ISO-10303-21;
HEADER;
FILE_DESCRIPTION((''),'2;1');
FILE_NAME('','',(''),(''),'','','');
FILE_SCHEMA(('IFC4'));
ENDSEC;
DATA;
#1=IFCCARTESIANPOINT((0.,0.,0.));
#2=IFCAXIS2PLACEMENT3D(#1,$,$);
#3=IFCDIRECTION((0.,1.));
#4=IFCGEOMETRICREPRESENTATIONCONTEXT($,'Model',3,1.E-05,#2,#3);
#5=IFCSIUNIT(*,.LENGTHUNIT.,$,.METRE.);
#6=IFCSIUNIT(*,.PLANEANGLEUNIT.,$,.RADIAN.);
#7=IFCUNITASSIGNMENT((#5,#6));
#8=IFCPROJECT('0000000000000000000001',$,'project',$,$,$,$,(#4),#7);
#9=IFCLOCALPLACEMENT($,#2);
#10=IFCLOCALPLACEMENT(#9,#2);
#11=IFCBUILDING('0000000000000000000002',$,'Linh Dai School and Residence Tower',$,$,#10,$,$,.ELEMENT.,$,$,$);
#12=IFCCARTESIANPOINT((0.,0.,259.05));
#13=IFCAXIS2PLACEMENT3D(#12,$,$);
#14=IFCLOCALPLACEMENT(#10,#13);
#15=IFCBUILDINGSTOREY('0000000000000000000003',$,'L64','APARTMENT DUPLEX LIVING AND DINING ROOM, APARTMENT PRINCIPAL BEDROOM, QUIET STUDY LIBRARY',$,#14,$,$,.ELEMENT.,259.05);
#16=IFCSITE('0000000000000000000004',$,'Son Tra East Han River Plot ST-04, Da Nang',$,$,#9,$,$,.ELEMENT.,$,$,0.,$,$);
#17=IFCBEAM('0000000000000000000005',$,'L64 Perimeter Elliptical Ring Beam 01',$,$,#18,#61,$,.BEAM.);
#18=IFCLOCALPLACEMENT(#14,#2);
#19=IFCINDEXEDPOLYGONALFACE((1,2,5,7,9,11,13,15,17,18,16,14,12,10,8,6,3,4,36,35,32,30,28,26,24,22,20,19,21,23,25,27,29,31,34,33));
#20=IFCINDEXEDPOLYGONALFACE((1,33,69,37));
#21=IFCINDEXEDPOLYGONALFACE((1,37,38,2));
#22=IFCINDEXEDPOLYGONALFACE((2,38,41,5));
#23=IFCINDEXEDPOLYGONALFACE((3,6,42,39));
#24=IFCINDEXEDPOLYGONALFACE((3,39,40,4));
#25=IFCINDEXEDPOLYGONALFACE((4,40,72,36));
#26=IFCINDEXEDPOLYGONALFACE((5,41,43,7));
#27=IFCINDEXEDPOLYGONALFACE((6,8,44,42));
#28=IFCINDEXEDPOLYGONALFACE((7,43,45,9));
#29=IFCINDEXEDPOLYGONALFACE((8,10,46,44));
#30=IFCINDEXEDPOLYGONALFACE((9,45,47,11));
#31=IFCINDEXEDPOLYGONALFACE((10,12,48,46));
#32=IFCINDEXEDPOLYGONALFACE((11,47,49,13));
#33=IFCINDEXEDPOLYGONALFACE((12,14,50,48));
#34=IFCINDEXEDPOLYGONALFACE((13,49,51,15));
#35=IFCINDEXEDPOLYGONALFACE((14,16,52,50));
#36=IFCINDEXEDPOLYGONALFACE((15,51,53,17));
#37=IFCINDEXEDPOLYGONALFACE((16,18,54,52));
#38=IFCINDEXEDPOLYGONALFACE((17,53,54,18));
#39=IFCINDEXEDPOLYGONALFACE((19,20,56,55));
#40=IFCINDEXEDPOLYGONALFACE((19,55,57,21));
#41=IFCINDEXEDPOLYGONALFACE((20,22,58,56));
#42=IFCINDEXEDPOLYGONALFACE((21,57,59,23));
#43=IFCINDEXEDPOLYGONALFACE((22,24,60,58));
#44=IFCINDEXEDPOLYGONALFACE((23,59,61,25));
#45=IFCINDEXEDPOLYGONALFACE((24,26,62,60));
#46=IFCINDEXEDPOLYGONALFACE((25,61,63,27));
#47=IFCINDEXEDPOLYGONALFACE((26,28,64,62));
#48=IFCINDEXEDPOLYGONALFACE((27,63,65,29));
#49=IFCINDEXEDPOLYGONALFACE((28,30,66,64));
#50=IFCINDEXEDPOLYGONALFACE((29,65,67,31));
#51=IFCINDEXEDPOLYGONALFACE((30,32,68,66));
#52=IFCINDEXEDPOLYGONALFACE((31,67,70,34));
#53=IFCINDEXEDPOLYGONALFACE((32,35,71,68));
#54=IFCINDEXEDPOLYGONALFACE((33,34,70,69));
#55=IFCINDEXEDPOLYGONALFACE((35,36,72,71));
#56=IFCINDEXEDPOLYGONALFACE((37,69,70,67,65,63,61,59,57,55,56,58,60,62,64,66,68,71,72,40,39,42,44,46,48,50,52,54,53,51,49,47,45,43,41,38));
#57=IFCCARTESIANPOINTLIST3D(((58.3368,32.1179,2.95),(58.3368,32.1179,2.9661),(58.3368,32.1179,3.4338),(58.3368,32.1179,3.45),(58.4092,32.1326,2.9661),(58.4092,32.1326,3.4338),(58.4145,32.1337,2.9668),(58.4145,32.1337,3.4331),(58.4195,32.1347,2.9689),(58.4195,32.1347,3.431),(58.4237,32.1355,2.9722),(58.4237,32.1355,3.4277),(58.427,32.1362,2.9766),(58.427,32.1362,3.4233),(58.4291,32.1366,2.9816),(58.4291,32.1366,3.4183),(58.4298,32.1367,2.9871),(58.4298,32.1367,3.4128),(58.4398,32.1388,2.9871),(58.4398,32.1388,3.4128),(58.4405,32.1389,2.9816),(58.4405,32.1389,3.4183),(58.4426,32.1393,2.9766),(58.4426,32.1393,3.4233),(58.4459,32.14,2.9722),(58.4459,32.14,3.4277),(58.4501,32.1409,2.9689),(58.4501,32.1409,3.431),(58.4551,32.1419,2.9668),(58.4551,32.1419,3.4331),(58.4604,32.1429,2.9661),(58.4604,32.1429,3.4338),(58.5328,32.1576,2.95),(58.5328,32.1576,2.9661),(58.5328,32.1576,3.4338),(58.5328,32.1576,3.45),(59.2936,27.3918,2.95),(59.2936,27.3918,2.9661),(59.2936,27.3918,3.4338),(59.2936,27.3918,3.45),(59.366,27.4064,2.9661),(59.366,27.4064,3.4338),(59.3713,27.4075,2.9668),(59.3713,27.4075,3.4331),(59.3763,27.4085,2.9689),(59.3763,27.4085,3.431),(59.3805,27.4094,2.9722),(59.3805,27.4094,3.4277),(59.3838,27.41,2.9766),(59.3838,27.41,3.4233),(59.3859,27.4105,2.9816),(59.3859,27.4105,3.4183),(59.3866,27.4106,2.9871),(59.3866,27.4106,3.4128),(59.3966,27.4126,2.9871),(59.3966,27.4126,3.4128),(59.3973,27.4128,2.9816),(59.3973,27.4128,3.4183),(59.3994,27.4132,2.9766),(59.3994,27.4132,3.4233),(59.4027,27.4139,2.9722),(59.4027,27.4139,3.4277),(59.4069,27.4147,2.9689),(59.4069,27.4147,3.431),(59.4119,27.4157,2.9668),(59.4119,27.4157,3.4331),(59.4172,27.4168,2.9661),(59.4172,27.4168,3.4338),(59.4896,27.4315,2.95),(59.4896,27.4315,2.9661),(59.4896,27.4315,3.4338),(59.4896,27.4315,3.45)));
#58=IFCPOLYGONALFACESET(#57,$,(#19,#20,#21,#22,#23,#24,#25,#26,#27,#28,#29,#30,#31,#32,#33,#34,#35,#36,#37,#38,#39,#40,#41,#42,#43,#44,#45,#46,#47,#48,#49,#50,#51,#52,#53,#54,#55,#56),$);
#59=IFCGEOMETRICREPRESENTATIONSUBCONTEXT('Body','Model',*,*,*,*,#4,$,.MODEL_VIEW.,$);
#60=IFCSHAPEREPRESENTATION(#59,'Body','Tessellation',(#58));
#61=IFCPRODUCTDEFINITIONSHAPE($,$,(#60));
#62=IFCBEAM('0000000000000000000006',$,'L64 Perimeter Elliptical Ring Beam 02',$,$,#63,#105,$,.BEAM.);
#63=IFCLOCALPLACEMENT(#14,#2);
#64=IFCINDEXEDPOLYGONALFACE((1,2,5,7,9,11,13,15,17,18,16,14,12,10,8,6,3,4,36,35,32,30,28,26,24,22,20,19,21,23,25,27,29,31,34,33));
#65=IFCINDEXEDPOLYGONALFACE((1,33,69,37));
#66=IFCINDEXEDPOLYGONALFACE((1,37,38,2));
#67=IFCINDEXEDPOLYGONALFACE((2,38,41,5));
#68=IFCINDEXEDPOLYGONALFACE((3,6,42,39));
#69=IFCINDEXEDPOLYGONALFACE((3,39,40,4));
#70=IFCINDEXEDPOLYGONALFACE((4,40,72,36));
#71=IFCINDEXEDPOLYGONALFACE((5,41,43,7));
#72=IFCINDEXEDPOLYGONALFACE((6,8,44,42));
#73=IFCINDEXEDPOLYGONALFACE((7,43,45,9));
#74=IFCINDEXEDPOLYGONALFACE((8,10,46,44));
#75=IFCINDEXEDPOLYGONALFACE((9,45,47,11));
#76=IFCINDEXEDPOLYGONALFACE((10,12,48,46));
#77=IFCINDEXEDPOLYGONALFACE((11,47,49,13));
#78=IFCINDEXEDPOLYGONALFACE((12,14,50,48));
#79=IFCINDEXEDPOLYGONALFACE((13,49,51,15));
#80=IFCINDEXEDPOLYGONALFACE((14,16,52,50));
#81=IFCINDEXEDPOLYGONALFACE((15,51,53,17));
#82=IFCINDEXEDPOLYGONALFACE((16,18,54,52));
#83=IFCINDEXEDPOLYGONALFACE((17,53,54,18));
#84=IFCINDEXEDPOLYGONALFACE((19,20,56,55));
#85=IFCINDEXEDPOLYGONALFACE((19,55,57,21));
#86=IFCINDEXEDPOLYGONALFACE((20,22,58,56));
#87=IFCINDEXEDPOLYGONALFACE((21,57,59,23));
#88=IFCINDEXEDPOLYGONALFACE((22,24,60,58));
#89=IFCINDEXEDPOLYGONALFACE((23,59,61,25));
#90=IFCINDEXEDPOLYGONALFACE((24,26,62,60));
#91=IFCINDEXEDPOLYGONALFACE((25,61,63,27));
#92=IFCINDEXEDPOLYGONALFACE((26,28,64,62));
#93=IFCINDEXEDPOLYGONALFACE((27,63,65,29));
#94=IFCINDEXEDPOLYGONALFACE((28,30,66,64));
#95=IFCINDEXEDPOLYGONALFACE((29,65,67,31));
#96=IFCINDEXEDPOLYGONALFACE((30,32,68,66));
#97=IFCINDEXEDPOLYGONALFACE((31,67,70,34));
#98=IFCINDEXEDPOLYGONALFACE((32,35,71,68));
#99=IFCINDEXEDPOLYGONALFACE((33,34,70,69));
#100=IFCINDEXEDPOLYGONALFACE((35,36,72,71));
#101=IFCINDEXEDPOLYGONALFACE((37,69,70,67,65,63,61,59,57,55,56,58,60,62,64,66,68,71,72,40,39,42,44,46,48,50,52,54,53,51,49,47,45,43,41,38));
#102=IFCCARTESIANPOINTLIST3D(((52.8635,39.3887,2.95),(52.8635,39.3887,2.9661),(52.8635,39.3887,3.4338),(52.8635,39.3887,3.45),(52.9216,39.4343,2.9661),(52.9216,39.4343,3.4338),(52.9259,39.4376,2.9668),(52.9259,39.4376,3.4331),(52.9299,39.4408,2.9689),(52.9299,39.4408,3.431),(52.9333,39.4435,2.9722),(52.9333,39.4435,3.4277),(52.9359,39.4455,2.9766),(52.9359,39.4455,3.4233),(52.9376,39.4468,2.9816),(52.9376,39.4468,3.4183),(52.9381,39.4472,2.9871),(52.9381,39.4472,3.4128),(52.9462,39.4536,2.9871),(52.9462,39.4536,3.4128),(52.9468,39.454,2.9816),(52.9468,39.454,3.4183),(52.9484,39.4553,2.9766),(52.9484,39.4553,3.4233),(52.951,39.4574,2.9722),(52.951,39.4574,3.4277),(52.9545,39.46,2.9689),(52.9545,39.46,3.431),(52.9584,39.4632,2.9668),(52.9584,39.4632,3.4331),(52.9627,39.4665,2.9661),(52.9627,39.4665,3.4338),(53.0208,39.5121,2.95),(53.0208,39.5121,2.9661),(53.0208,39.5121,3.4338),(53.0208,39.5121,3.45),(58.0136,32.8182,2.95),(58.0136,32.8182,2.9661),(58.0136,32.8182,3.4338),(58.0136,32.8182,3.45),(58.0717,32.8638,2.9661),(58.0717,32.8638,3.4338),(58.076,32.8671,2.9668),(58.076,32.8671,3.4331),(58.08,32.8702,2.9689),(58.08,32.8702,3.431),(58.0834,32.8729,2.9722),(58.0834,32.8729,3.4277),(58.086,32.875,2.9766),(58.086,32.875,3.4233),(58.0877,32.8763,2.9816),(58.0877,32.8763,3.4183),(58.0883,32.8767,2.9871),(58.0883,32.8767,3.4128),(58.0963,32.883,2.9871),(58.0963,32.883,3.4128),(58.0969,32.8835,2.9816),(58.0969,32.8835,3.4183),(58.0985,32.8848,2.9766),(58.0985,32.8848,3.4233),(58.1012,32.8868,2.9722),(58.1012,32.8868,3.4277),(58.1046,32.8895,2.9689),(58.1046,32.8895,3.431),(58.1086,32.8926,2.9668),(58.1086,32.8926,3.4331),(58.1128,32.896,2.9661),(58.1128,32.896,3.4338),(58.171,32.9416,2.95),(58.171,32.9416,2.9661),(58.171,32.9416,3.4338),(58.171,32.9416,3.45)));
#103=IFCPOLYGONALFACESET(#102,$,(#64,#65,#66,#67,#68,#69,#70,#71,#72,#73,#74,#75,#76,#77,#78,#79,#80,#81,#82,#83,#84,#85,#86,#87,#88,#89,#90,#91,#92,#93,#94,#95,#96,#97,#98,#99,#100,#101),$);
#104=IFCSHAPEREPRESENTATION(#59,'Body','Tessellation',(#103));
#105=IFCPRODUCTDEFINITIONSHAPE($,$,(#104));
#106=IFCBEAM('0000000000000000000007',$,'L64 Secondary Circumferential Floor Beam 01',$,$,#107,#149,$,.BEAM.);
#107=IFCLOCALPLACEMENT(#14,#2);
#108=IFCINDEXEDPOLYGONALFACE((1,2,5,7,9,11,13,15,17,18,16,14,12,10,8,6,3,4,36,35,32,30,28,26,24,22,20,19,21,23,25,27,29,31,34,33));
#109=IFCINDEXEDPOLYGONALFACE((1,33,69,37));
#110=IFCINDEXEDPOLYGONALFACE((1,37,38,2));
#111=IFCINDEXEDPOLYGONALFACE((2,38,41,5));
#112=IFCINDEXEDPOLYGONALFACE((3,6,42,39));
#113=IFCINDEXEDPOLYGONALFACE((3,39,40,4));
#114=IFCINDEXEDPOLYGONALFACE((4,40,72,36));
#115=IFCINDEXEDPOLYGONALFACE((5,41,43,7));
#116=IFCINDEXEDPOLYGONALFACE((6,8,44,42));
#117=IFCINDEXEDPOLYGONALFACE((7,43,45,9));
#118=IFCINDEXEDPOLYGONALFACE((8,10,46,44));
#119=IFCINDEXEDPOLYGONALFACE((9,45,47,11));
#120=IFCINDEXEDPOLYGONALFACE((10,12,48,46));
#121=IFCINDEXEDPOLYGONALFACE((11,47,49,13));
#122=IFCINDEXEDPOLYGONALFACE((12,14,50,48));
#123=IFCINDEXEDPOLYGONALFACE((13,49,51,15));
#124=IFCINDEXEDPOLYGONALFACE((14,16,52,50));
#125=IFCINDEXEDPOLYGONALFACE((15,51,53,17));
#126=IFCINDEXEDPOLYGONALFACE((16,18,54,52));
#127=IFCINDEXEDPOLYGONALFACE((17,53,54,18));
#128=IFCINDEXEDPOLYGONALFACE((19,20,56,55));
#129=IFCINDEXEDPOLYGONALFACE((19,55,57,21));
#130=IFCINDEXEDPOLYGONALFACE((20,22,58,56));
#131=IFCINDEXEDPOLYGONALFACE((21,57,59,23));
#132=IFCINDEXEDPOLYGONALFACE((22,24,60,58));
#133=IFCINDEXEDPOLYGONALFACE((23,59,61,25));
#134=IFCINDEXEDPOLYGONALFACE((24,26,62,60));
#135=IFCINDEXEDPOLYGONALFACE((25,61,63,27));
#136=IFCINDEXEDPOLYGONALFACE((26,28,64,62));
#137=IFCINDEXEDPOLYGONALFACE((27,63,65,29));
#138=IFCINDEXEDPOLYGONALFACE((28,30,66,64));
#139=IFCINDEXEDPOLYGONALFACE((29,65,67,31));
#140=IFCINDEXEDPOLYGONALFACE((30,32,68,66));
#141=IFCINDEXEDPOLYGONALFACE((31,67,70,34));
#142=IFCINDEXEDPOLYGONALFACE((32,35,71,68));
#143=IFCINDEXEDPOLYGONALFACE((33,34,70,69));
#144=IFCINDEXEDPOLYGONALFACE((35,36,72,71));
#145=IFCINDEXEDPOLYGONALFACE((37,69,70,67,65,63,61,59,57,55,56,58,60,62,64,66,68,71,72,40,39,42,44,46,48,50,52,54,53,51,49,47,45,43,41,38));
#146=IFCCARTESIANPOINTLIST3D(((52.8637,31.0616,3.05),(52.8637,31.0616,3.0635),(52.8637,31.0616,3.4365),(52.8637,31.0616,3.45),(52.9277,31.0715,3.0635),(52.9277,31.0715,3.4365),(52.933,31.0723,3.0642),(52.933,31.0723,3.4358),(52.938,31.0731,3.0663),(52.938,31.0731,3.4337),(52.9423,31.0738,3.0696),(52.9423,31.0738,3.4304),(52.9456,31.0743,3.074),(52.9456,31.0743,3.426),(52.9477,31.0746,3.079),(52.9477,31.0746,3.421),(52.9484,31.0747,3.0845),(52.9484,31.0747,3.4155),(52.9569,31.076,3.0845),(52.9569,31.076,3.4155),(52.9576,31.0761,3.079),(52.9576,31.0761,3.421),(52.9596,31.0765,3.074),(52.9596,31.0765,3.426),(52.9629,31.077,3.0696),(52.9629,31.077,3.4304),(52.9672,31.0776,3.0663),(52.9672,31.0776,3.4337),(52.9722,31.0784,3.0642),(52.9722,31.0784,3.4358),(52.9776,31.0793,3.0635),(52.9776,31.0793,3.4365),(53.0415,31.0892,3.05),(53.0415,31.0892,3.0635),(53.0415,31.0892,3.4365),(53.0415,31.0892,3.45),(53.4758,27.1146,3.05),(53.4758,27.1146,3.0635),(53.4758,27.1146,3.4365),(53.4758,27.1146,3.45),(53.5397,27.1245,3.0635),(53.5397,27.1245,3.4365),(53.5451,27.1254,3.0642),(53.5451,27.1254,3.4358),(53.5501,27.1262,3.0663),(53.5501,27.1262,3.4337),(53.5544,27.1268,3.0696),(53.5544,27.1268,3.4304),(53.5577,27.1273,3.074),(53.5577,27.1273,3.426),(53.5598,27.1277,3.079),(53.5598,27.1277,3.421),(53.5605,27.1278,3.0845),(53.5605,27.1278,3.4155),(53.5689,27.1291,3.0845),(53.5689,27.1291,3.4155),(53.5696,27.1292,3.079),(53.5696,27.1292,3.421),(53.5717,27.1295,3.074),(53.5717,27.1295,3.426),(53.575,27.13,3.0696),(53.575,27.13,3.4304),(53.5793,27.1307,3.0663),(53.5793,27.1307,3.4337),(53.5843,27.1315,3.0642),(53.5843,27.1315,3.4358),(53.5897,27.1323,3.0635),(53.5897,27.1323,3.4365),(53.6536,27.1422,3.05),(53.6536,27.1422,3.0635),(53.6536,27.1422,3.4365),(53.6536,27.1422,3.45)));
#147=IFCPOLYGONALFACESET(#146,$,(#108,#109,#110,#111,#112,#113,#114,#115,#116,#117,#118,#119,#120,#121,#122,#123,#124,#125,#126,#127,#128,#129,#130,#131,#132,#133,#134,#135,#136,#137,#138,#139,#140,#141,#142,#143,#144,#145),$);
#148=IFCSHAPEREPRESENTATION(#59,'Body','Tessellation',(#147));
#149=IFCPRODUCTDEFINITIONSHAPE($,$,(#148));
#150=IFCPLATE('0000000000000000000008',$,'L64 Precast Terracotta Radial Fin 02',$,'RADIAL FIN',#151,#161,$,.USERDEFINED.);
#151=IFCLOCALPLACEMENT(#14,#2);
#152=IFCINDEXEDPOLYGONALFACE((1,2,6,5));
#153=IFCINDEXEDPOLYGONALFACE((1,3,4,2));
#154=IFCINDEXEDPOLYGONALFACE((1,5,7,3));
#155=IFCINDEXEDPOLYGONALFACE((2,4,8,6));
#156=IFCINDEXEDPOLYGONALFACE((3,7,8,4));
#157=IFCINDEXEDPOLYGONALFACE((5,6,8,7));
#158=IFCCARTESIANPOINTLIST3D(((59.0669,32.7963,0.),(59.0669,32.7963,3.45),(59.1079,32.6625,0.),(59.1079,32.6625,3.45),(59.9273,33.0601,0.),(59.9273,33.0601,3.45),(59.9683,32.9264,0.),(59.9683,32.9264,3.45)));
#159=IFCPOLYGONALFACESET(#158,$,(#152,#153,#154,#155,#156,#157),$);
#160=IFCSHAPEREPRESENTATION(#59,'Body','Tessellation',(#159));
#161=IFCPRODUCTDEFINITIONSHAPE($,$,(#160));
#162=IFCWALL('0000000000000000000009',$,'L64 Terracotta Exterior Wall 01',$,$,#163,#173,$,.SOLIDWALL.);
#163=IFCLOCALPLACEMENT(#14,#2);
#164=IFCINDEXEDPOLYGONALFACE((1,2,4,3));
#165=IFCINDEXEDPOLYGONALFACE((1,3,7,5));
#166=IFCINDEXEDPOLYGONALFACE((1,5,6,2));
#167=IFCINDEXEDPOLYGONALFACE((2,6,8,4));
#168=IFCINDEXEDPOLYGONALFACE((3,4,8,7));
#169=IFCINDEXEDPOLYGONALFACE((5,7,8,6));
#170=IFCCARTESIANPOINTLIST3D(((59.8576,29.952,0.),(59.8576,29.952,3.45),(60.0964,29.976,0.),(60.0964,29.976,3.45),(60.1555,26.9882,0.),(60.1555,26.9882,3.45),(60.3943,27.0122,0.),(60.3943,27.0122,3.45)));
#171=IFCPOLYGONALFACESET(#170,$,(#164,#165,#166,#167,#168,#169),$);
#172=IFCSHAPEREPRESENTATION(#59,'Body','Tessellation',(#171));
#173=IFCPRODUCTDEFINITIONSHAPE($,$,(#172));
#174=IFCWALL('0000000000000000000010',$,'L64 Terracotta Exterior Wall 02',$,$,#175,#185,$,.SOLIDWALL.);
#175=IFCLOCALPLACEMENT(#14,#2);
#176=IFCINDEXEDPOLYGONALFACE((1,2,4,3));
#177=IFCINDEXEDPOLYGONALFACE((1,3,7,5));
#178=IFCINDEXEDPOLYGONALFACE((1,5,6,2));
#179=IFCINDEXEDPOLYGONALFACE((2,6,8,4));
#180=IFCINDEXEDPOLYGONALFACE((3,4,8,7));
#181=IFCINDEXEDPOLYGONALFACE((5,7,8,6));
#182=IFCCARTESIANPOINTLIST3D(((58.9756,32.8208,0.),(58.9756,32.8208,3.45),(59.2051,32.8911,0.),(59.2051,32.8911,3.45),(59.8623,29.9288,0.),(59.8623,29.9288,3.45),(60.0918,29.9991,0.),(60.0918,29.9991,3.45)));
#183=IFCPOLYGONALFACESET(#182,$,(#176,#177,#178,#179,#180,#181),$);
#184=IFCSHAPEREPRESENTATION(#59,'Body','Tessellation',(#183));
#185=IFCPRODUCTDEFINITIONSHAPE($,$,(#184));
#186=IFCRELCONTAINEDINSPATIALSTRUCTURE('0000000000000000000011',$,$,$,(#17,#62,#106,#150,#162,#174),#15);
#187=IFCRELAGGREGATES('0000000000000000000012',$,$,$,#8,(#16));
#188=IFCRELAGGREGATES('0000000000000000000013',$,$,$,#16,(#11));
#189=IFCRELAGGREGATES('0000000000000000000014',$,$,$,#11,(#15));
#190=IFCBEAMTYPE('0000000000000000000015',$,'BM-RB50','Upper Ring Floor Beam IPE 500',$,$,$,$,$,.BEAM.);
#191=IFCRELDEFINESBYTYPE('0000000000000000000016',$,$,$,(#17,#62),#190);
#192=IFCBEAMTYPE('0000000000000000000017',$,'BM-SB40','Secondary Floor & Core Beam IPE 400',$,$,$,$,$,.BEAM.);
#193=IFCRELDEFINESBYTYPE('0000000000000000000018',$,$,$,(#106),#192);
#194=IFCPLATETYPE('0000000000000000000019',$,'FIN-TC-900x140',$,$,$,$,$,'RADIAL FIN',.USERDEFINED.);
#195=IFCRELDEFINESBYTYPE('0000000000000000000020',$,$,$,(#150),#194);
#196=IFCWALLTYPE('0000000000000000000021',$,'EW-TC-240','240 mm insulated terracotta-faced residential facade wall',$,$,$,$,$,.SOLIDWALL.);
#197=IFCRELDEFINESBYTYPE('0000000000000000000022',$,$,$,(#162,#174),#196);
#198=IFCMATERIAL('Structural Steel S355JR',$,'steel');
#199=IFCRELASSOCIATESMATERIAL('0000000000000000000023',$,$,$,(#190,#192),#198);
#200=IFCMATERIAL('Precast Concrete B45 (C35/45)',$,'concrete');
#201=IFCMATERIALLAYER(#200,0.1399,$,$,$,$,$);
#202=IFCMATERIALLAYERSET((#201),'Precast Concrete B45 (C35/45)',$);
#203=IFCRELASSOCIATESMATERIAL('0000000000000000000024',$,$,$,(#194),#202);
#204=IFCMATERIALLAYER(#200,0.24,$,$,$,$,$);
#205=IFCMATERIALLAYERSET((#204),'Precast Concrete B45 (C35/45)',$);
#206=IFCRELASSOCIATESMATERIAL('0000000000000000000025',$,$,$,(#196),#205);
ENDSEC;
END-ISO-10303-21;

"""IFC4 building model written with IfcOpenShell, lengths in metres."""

from ifc_helpers import new_model, si_unit, direction, frame, frame_2d, origin, origin_2d, place, context, subcontext, project, spatial, rectangle, i_section, extrude, source, transform, mapped, material, layer, layer_set, material_profile, profile_set, type_object, element, save


model = new_model("IFC4")

# Units and contexts
model_context = context("Model", 3, precision=1e-05, world=origin(), true_north=direction((0.0, 1.0)))
body_context = subcontext(model_context, "Body", "Model", "MODEL_VIEW")
ifc_project = project(units=[si_unit("LENGTHUNIT", "METRE"), si_unit("PLANEANGLEUNIT", "RADIAN")], contexts=[model_context])

# Site, building, storey
site_placement = place(None, origin())
site = spatial("IfcSite", under=ifc_project, at=site_placement, Name="Son Tra East Han River Plot ST-04, Da Nang", CompositionType="ELEMENT", RefElevation=0.0)
building_placement = place(site_placement, origin())
building = spatial("IfcBuilding", under=site, at=building_placement, Name="Linh Dai School and Residence Tower", CompositionType="ELEMENT")
storey_placement = place(building_placement, frame((0.0, 0.0, 259.05)))
storey = spatial("IfcBuildingStorey", under=building, at=storey_placement, Name="L64", Description="APARTMENT DUPLEX LIVING AND DINING ROOM, APARTMENT PRINCIPAL BEDROOM, QUIET STUDY LIBRARY", CompositionType="ELEMENT", Elevation=259.05)

# Shared definitions
ifc_material_1 = material(Name="Structural Steel S355JR", Category="steel")

# Beams
ifc_material_profile_1 = material_profile(ifc_material_1, i_section(OverallWidth=0.2, OverallDepth=0.5, WebThickness=0.0103, FlangeThickness=0.0161, FilletRadius=0.021, at=origin_2d()), Name="IPE 500")
ifc_profile_set_1 = profile_set([ifc_material_profile_1], Name="Structural Steel S355JR")
beam_type_1 = type_object("IfcBeamType", Name="BM-RB50", Description="Upper Ring Floor Beam IPE 500", PredefinedType="BEAM", material=ifc_profile_set_1)
beam_1_placement = place(storey_placement, frame((59.3916, 27.4116, 3.2), z_axis=(-0.198423, 0.980116, 0.0), x_axis=(-0.980116, -0.198423, 0.0)))
element("IfcBeam", 1, at=beam_1_placement, inside=storey, type_object=beam_type_1, Name="L64 Perimeter Elliptical Ring Beam 01", PredefinedType="BEAM", context=body_context, shape_type="SweptSolid", body=[
    extrude(i_section(OverallWidth=0.2, OverallDepth=0.5, WebThickness=0.0103, FlangeThickness=0.0161, FilletRadius=0.021, at=origin_2d()), origin(), (0.0, 0.0, 1.0), 4.822),
])
beam_2_placement = place(storey_placement, frame((58.0923, 32.8799, 3.2), z_axis=(-0.6169, 0.787041, 0.0), x_axis=(-0.787041, -0.6169, 0.0)))
element("IfcBeam", 2, at=beam_2_placement, inside=storey, type_object=beam_type_1, Name="L64 Perimeter Elliptical Ring Beam 02", PredefinedType="BEAM", context=body_context, shape_type="SweptSolid", body=[
    extrude(i_section(OverallWidth=0.2, OverallDepth=0.5, WebThickness=0.0103, FlangeThickness=0.0161, FilletRadius=0.021, at=origin_2d()), origin(), (0.0, 0.0, 1.0), 8.3484),
])
ifc_material_profile_2 = material_profile(ifc_material_1, i_section(OverallWidth=0.1799, OverallDepth=0.3999, WebThickness=0.0085, FlangeThickness=0.0134, FilletRadius=0.021, at=origin_2d()), Name="IPE 400")
ifc_profile_set_2 = profile_set([ifc_material_profile_2], Name="Structural Steel S355JR")
beam_type_2 = type_object("IfcBeamType", Name="BM-SB40", Description="Secondary Floor & Core Beam IPE 400", PredefinedType="BEAM", material=ifc_profile_set_2)
beam_3_placement = place(storey_placement, frame((53.5647, 27.1284, 3.25), z_axis=(-0.153238, 0.988189, 0.0), x_axis=(-0.988189, -0.153238, 0.0)))
element("IfcBeam", 3, at=beam_3_placement, inside=storey, type_object=beam_type_2, Name="L64 Secondary Circumferential Floor Beam 01", PredefinedType="BEAM", context=body_context, shape_type="SweptSolid", body=[
    extrude(i_section(OverallWidth=0.1799, OverallDepth=0.3999, WebThickness=0.0085, FlangeThickness=0.0134, FilletRadius=0.021, at=origin_2d()), origin(), (0.0, 0.0, 1.0), 3.9941),
])

# Plate
ifc_material_2 = material(Name="Precast Concrete B45 (C35/45)", Category="concrete")
ifc_layer_1 = layer(ifc_material_2, 0.1399)
ifc_layer_set_1 = layer_set([ifc_layer_1], Name="Precast Concrete B45 (C35/45)")
plate_type = type_object("IfcPlateType", Name="FIN-TC-900x140", ElementType="RADIAL FIN", PredefinedType="USERDEFINED", material=ifc_layer_set_1)
shared_shape_1 = source(origin(), body_context, "Body", "SweptSolid", [
    extrude(rectangle(XDim=0.8999, YDim=0.1399, at=origin_2d()), origin(), (0.0, 0.0, 1.0), 3.45),
])
plate_placement = place(storey_placement, frame((59.5176, 32.8613, 0.0), z_axis=(0.0, 0.0, 1.0), x_axis=(0.956064, 0.293157, 0.0)))
element("IfcPlate", 4, at=plate_placement, inside=storey, type_object=plate_type, Name="L64 Precast Terracotta Radial Fin 02", ObjectType="RADIAL FIN", PredefinedType="USERDEFINED", context=body_context, shape_type="MappedRepresentation", body=[
    mapped(shared_shape_1, transform((0.0, 0.0, 0.0), x_axis=(1.0, 0.0, 0.0), y_axis=(0.0, 1.0, 0.0), z_axis=(0.0, 0.0, 1.0), scale=1.0)),
])

# Walls
ifc_layer_2 = layer(ifc_material_2, 0.24)
ifc_layer_set_2 = layer_set([ifc_layer_2], Name="Precast Concrete B45 (C35/45)")
wall_type_1 = type_object("IfcWallType", Name="EW-TC-240", Description="240 mm insulated terracotta-faced residential facade wall", PredefinedType="SOLIDWALL", material=ifc_layer_set_2)
wall_1_placement = place(storey_placement, frame((59.9771, 29.9639, 0.0), z_axis=(0.0, 0.0, 1.0), x_axis=(0.099991, -0.994988, 0.0)))
element("IfcWall", 5, at=wall_1_placement, inside=storey, type_object=wall_type_1, Name="L64 Terracotta Exterior Wall 01", PredefinedType="SOLIDWALL", context=body_context, shape_type="SweptSolid", body=[
    extrude(rectangle(XDim=2.9788, YDim=0.24, at=frame_2d((1.4893, 0.0))), origin(), (0.0, 0.0, 1.0), 3.45),
])
wall_2_placement = place(storey_placement, frame((59.0903, 32.856, 0.0), z_axis=(0.0, 0.0, 1.0), x_axis=(0.293133, -0.956072, 0.0)))
element("IfcWall", 6, at=wall_2_placement, inside=storey, type_object=wall_type_1, Name="L64 Terracotta Exterior Wall 02", PredefinedType="SOLIDWALL", context=body_context, shape_type="SweptSolid", body=[
    extrude(rectangle(XDim=3.0249, YDim=0.24, at=frame_2d((1.5125, 0.0))), origin(), (0.0, 0.0, 1.0), 3.45),
])

save(model, "model.ifc")
